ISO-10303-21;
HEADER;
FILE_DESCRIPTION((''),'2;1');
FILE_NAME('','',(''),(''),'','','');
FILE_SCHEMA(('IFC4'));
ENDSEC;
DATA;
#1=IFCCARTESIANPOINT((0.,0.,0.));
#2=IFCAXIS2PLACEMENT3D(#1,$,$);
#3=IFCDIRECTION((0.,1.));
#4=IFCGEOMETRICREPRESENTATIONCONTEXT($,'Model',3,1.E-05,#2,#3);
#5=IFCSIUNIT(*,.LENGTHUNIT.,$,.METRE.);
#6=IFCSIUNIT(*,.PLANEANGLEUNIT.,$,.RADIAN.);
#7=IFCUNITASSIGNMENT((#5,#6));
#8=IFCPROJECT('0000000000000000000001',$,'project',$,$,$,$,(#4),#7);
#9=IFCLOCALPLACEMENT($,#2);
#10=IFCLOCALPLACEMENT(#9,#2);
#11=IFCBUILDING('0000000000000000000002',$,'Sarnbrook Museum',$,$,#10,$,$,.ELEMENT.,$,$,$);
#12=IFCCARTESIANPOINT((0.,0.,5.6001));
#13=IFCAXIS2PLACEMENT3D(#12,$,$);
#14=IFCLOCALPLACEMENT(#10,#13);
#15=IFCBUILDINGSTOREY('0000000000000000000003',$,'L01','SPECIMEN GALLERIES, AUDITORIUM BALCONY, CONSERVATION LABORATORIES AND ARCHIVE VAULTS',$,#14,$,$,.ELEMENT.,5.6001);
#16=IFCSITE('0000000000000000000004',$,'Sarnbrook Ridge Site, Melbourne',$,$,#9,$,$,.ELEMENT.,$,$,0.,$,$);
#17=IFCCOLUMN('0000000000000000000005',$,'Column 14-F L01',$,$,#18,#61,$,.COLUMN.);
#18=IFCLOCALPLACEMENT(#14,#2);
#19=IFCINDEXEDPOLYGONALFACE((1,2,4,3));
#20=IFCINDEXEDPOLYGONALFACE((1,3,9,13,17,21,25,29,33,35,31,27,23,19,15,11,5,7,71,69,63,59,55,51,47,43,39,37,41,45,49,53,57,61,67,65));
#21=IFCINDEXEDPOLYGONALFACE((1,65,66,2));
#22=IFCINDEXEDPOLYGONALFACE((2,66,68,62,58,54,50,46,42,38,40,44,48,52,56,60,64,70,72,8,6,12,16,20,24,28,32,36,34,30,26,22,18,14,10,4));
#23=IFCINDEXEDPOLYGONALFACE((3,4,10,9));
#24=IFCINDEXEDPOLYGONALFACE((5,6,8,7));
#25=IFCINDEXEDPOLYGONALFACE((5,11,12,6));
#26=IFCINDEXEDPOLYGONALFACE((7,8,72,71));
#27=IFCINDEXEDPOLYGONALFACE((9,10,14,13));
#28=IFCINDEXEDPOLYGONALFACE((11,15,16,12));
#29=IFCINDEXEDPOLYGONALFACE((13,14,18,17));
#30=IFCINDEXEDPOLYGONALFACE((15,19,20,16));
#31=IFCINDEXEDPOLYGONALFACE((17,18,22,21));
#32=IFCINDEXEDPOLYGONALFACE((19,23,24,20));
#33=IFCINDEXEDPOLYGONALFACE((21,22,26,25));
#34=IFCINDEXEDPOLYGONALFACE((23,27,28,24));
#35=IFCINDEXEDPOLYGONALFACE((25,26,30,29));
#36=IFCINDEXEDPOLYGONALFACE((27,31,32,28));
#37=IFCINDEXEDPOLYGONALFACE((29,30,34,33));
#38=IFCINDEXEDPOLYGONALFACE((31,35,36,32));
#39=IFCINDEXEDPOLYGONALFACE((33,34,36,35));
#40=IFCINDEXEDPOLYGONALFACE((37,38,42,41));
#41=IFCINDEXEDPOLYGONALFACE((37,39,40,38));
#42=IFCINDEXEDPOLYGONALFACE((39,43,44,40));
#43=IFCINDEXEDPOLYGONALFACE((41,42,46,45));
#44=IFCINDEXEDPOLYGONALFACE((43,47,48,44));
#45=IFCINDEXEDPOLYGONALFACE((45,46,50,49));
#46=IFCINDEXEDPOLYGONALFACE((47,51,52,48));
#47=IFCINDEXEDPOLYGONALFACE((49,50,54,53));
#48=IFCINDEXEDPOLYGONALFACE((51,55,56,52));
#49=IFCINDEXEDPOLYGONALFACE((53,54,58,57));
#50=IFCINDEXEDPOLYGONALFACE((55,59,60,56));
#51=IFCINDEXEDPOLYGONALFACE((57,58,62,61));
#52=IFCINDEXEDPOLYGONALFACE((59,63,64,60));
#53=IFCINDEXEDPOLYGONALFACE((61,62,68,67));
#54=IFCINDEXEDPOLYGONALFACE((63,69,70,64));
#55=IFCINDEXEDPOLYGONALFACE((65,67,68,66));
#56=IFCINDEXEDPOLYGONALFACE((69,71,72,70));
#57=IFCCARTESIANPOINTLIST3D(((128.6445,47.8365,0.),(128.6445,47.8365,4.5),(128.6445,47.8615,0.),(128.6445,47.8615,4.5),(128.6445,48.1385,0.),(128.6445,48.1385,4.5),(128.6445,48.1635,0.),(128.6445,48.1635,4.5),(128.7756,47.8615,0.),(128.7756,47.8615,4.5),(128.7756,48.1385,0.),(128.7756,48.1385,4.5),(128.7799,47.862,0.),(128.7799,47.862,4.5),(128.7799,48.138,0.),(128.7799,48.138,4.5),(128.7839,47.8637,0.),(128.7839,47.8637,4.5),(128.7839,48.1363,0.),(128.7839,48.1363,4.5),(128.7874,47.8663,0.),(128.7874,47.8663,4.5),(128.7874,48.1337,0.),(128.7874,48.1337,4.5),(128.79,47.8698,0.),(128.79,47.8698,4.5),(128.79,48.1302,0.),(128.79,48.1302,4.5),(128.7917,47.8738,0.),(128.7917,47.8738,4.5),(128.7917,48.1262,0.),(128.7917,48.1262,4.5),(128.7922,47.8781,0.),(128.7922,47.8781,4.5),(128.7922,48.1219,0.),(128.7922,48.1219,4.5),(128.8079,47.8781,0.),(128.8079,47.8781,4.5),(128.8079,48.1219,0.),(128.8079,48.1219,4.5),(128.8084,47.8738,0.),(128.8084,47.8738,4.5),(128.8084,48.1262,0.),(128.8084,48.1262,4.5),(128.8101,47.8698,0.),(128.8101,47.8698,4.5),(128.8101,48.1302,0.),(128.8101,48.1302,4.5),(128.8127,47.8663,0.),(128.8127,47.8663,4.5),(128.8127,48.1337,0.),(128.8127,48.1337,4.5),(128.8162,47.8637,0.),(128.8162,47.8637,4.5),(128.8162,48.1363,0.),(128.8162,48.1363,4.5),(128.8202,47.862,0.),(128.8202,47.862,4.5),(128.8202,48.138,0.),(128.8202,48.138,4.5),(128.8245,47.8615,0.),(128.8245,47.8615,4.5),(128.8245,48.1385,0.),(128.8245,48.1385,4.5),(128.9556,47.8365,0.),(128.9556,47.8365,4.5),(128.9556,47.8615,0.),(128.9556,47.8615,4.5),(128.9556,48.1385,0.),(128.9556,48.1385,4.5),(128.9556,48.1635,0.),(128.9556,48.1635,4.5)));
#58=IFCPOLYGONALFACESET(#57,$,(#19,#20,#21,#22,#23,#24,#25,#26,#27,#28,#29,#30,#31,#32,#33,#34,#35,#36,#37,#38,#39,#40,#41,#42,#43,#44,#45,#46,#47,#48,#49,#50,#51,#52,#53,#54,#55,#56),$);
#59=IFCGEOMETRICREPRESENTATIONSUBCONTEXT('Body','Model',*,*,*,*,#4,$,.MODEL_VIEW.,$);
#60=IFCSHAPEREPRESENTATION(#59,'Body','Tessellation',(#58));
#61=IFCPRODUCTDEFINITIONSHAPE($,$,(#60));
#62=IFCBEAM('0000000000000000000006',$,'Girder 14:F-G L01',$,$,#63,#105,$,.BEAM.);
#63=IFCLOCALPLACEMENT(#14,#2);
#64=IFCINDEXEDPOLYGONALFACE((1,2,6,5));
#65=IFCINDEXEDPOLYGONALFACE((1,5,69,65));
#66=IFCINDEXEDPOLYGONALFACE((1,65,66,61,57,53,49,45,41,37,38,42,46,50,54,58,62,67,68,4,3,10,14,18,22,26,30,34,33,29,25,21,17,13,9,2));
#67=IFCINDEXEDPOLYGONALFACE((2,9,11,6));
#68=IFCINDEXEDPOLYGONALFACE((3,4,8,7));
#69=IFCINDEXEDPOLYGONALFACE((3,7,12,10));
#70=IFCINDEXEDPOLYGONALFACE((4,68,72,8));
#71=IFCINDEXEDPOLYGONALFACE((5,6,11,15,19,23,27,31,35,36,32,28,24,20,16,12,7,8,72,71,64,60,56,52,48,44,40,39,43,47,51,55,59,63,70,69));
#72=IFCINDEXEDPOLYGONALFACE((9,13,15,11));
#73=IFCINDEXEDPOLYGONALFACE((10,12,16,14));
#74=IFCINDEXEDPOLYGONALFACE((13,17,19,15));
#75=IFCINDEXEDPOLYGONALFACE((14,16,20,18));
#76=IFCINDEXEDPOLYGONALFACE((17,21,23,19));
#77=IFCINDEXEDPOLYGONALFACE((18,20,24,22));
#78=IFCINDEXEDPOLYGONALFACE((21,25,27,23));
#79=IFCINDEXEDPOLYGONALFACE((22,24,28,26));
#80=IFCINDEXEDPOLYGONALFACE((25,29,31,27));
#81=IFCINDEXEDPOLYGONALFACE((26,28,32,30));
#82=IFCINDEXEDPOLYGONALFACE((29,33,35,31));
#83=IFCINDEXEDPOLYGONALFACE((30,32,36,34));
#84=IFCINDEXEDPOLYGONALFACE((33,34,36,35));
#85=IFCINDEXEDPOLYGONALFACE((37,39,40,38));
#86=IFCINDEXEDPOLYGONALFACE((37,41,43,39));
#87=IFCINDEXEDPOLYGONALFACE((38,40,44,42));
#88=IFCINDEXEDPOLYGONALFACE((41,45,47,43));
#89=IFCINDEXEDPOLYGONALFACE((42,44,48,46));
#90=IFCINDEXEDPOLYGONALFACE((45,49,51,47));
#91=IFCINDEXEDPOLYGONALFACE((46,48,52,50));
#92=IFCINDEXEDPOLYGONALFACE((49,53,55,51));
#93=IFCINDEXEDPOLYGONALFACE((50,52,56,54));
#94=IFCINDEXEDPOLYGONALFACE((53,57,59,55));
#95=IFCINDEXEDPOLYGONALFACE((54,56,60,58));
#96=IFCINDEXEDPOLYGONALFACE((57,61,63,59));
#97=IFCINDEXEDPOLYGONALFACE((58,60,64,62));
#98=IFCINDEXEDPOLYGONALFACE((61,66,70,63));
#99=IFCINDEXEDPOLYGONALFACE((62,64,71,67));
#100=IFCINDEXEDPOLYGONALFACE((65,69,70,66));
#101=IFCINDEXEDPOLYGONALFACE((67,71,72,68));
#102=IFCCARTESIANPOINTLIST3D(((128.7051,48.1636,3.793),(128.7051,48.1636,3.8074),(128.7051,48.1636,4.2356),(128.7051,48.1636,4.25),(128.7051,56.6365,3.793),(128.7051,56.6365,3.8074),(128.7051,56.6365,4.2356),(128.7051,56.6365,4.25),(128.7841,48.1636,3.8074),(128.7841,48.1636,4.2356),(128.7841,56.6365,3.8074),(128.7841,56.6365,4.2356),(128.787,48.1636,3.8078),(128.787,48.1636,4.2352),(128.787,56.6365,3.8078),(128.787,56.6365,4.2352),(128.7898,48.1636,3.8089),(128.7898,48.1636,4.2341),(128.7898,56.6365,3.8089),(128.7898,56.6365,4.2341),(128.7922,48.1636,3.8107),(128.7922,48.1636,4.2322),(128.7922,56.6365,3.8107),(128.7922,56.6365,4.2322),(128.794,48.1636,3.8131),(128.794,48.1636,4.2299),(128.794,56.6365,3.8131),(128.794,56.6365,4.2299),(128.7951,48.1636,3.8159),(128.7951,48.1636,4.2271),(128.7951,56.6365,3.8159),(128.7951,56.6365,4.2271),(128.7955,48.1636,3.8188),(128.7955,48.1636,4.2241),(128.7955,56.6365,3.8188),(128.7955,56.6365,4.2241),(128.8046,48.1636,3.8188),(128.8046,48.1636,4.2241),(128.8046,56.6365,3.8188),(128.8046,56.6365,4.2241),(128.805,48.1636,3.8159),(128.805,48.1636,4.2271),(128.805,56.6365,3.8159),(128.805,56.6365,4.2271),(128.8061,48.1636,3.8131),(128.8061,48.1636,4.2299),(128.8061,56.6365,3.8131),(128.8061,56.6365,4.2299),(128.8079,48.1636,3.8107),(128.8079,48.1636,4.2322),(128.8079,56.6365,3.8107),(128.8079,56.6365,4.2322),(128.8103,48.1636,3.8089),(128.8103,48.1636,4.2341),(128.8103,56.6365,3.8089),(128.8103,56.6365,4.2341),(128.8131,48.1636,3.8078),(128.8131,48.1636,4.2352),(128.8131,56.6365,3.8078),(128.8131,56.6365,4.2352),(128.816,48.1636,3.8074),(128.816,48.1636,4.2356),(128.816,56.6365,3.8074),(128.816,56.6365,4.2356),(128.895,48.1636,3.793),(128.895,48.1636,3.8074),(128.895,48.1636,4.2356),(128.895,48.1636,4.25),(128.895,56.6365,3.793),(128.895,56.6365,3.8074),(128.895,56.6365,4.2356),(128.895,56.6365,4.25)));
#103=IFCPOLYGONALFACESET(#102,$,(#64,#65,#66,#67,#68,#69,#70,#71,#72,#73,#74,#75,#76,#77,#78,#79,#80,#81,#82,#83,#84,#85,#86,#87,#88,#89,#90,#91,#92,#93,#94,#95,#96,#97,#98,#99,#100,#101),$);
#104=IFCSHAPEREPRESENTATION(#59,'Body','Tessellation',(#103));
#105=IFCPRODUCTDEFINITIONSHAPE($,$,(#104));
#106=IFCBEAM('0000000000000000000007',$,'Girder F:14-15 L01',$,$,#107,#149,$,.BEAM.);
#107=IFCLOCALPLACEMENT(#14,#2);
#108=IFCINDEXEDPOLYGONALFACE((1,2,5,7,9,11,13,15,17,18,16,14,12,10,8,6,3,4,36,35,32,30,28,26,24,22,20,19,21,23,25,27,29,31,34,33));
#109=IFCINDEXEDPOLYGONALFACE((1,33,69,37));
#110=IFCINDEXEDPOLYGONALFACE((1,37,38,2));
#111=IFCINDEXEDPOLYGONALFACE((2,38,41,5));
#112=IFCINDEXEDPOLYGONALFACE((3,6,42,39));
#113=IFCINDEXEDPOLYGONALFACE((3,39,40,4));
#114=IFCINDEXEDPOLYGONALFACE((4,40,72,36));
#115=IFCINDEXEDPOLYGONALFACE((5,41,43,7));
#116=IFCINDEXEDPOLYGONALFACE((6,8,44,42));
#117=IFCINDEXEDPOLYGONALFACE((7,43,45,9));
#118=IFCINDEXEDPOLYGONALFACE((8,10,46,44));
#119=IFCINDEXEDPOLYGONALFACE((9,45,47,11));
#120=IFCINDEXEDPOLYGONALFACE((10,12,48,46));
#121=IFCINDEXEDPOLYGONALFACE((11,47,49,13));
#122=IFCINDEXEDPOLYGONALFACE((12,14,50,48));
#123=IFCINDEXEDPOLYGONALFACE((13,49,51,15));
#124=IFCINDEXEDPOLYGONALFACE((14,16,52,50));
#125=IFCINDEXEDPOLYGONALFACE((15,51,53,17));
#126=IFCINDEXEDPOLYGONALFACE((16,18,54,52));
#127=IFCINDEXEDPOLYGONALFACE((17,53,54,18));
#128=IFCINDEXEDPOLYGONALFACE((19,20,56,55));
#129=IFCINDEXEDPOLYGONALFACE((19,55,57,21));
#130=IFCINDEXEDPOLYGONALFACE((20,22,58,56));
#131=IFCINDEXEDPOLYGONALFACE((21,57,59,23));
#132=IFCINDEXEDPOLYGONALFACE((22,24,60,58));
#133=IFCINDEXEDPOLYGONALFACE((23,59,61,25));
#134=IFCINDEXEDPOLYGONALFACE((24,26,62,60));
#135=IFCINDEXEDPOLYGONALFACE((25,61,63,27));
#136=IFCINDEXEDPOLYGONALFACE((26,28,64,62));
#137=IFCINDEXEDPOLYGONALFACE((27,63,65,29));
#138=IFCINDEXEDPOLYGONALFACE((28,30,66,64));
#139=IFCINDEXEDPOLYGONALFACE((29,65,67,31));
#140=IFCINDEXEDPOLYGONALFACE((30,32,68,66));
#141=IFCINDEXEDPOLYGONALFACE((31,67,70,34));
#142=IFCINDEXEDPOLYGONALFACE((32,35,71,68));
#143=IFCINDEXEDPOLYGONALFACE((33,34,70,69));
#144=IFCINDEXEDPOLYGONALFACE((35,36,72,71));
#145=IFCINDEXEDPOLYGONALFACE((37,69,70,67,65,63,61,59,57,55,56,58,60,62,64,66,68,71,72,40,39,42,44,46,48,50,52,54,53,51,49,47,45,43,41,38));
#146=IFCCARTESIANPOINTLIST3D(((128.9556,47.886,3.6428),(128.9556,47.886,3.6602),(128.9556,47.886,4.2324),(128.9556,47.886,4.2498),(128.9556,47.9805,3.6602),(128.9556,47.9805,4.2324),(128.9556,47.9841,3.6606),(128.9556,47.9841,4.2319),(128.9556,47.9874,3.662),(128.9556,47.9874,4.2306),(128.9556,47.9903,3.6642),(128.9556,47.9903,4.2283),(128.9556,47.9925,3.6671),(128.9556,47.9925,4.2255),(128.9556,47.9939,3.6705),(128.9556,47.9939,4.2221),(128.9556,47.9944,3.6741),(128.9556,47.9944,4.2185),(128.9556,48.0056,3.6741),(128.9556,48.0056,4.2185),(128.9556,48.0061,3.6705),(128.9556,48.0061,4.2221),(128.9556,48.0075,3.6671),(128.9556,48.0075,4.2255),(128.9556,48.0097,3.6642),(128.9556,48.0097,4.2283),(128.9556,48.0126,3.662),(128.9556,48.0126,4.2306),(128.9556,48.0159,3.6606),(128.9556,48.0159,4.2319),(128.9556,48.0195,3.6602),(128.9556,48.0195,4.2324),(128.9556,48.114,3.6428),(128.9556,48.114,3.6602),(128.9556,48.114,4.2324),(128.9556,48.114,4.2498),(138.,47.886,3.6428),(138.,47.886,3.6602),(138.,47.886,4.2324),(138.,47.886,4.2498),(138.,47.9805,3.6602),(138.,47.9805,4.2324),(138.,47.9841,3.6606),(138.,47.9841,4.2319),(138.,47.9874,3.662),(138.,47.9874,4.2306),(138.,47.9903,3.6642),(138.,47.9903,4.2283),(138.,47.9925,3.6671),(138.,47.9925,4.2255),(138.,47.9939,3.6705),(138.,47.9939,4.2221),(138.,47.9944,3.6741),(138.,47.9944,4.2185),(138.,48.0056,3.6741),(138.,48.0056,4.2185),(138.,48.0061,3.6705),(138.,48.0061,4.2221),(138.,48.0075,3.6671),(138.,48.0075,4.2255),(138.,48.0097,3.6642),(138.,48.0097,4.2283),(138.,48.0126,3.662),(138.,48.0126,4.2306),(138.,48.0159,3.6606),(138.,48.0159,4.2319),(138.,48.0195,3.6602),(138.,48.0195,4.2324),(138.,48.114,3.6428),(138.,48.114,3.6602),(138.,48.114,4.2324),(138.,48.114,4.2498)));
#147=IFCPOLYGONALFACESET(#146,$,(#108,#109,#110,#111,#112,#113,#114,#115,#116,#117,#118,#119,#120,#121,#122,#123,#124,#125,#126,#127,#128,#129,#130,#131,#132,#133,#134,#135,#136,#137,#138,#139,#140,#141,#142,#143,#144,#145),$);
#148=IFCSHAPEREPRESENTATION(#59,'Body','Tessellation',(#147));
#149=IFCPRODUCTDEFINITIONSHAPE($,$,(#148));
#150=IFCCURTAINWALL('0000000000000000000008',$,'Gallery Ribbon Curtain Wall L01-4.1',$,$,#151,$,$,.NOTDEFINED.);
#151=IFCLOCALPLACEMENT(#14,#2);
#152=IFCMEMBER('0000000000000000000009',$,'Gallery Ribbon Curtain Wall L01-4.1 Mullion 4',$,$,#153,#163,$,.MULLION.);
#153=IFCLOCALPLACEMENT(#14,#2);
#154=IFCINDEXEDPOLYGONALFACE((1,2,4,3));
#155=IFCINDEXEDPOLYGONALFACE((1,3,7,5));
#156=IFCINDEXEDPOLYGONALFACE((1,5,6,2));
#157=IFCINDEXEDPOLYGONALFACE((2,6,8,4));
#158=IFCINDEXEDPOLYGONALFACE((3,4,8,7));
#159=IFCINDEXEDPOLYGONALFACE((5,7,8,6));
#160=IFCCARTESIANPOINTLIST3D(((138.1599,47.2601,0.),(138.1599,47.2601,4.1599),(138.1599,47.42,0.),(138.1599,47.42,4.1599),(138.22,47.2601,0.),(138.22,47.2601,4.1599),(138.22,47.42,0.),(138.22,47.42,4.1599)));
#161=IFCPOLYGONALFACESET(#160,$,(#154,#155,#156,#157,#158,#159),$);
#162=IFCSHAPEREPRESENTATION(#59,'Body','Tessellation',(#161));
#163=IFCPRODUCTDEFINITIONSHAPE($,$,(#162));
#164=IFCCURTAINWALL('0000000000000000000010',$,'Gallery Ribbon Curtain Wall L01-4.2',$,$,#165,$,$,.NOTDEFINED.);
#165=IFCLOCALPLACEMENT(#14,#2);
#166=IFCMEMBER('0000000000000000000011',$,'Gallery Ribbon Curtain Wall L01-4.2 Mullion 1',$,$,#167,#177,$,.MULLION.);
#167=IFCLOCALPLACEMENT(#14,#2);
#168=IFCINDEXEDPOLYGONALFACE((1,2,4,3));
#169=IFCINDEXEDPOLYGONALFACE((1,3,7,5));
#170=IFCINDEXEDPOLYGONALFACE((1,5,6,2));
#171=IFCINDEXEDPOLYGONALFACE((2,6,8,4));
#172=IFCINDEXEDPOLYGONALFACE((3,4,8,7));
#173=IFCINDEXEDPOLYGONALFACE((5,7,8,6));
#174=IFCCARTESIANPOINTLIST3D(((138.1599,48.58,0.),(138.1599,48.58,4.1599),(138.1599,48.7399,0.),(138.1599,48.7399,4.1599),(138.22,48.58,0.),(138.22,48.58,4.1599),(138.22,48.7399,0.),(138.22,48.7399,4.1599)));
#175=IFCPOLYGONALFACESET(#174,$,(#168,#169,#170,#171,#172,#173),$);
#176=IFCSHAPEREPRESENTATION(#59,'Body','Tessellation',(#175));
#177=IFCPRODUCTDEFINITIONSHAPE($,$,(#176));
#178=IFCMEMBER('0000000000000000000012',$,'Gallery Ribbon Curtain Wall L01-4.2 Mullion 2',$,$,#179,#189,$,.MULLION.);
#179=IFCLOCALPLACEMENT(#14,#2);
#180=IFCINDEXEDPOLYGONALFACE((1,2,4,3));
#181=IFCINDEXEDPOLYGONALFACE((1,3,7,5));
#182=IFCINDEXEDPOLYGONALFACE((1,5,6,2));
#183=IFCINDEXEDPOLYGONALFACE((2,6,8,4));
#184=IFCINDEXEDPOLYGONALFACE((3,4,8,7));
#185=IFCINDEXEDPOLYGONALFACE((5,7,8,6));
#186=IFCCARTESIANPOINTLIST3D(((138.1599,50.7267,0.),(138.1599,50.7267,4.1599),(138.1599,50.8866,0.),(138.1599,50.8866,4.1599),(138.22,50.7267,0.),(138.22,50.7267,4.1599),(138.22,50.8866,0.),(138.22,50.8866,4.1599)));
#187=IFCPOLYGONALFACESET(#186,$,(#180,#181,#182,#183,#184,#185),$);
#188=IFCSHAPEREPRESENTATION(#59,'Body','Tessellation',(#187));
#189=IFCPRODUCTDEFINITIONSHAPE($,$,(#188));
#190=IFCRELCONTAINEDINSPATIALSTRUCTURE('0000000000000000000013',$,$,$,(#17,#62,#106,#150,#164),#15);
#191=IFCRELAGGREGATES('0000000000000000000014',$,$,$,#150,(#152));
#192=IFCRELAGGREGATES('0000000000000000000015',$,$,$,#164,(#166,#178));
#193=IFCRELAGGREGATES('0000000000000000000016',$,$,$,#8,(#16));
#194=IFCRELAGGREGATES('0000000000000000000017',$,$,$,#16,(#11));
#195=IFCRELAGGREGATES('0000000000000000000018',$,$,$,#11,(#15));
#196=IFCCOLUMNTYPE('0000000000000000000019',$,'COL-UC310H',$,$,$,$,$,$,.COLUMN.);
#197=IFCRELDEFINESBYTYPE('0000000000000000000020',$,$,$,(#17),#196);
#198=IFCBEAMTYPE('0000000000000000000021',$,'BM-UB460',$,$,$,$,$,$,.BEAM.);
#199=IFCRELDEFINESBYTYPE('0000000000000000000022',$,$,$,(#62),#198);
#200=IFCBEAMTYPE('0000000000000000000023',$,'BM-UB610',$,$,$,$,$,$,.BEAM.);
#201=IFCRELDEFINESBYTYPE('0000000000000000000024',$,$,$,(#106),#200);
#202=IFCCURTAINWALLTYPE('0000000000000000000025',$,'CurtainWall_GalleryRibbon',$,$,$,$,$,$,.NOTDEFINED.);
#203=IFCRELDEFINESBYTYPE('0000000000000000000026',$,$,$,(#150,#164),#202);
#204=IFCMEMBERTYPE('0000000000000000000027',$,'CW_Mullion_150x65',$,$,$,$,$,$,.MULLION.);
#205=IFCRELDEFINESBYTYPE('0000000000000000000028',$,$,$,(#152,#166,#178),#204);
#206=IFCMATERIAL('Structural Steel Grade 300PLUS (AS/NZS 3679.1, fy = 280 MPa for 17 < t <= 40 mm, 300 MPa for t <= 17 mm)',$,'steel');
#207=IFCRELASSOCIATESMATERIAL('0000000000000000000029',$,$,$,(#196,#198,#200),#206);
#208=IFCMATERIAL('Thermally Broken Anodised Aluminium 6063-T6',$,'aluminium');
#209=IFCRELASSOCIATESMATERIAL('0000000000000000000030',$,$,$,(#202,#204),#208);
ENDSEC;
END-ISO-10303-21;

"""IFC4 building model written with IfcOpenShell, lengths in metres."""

from ifc_helpers import new_model, si_unit, direction, frame, origin, origin_2d, place, context, subcontext, project, spatial, rectangle, i_section, extrude, material, material_profile, profile_set, type_object, element, aggregate, save


model = new_model("IFC4")

# Units and contexts
model_context = context("Model", 3, precision=1e-05, world=origin(), true_north=direction((0.0, 1.0)))
body_context = subcontext(model_context, "Body", "Model", "MODEL_VIEW")
ifc_project = project(units=[si_unit("LENGTHUNIT", "METRE"), si_unit("PLANEANGLEUNIT", "RADIAN")], contexts=[model_context])

# Site, building, storey
site_placement = place(None, origin())
site = spatial("IfcSite", under=ifc_project, at=site_placement, Name="Sarnbrook Ridge Site, Melbourne", CompositionType="ELEMENT", RefElevation=0.0)
building_placement = place(site_placement, origin())
building = spatial("IfcBuilding", under=site, at=building_placement, Name="Sarnbrook Museum", CompositionType="ELEMENT")
storey_placement = place(building_placement, frame((0.0, 0.0, 5.6001)))
storey = spatial("IfcBuildingStorey", under=building, at=storey_placement, Name="L01", Description="SPECIMEN GALLERIES, AUDITORIUM BALCONY, CONSERVATION LABORATORIES AND ARCHIVE VAULTS", CompositionType="ELEMENT", Elevation=5.6001)

# Column
ifc_material_1 = material(Name="Structural Steel Grade 300PLUS (AS/NZS 3679.1, fy = 280 MPa for 17 < t <= 40 mm, 300 MPa for t <= 17 mm)", Category="steel")
ifc_material_profile_1 = material_profile(ifc_material_1, i_section(OverallWidth=0.311, OverallDepth=0.3269, WebThickness=0.0156, FlangeThickness=0.0249, FilletRadius=0.0166, at=origin_2d()), Name="310UC158")
ifc_profile_set_1 = profile_set([ifc_material_profile_1], Name="Structural Steel Grade 300PLUS (AS/NZS 3679.1, fy = 280 MPa for 17 < t <= 40 mm, 300 MPa for t <= 17 mm)")
column_type = type_object("IfcColumnType", Name="COL-UC310H", PredefinedType="COLUMN", material=ifc_profile_set_1)
column_placement = place(storey_placement, frame((128.8, 48.0, 0.0), z_axis=(0.0, 0.0, 1.0), x_axis=(1.0, 0.0, 0.0)))
element("IfcColumn", 1, at=column_placement, inside=storey, type_object=column_type, Name="Column 14-F L01", PredefinedType="COLUMN", context=body_context, shape_type="SweptSolid", body=[
    extrude(i_section(OverallWidth=0.311, OverallDepth=0.3269, WebThickness=0.0156, FlangeThickness=0.0249, FilletRadius=0.0166, at=origin_2d()), origin(), (0.0, 0.0, 1.0), 4.5),
])

# Beams
ifc_material_profile_2 = material_profile(ifc_material_1, i_section(OverallWidth=0.1899, OverallDepth=0.457, WebThickness=0.009, FlangeThickness=0.0144, FilletRadius=0.0115, at=origin_2d()), Name="460UB74.6")
ifc_profile_set_2 = profile_set([ifc_material_profile_2], Name="Structural Steel Grade 300PLUS (AS/NZS 3679.1, fy = 280 MPa for 17 < t <= 40 mm, 300 MPa for t <= 17 mm)")
beam_type_1 = type_object("IfcBeamType", Name="BM-UB460", PredefinedType="BEAM", material=ifc_profile_set_2)
beam_1_placement = place(storey_placement, frame((128.8, 48.1636, 4.0215), z_axis=(0.0, 1.0, 0.0), x_axis=(-1.0, 0.0, 0.0)))
element("IfcBeam", 2, at=beam_1_placement, inside=storey, type_object=beam_type_1, Name="Girder 14:F-G L01", PredefinedType="BEAM", context=body_context, shape_type="SweptSolid", body=[
    extrude(i_section(OverallWidth=0.1899, OverallDepth=0.457, WebThickness=0.009, FlangeThickness=0.0144, FilletRadius=0.0115, at=origin_2d()), origin(), (0.0, 0.0, 1.0), 8.4729),
])
ifc_material_profile_3 = material_profile(ifc_material_1, i_section(OverallWidth=0.228, OverallDepth=0.6069, WebThickness=0.0112, FlangeThickness=0.0173, FilletRadius=0.0139, at=origin_2d()), Name="610UB113")
ifc_profile_set_3 = profile_set([ifc_material_profile_3], Name="Structural Steel Grade 300PLUS (AS/NZS 3679.1, fy = 280 MPa for 17 < t <= 40 mm, 300 MPa for t <= 17 mm)")
beam_type_2 = type_object("IfcBeamType", Name="BM-UB610", PredefinedType="BEAM", material=ifc_profile_set_3)
beam_2_placement = place(storey_placement, frame((128.9556, 48.0, 3.9463), z_axis=(1.0, 0.0, 0.0), x_axis=(0.0, 1.0, 0.0)))
element("IfcBeam", 3, at=beam_2_placement, inside=storey, type_object=beam_type_2, Name="Girder F:14-15 L01", PredefinedType="BEAM", context=body_context, shape_type="SweptSolid", body=[
    extrude(i_section(OverallWidth=0.228, OverallDepth=0.6069, WebThickness=0.0112, FlangeThickness=0.0173, FilletRadius=0.0139, at=origin_2d()), origin(), (0.0, 0.0, 1.0), 9.0444),
])

# Curtain wall, member
ifc_material_2 = material(Name="Thermally Broken Anodised Aluminium 6063-T6", Category="aluminium")
curtain_wall_type = type_object("IfcCurtainWallType", Name="CurtainWall_GalleryRibbon", PredefinedType="NOTDEFINED", material=ifc_material_2)
curtain_wall_1_placement = place(storey_placement, origin())
curtain_wall_1 = element("IfcCurtainWall", 4, at=curtain_wall_1_placement, inside=storey, type_object=curtain_wall_type, Name="Gallery Ribbon Curtain Wall L01-4.1", PredefinedType="NOTDEFINED")
ifc_material_profile_4 = material_profile(ifc_material_2, rectangle(XDim=0.0601, YDim=0.1599, at=origin_2d()), Name="ALU MULLION 60x160")
ifc_profile_set_4 = profile_set([ifc_material_profile_4], Name="Thermally Broken Anodised Aluminium 6063-T6")
member_type_1 = type_object("IfcMemberType", Name="CW_Mullion_150x65", PredefinedType="MULLION", material=ifc_profile_set_4)
member_1_placement = place(storey_placement, frame((138.1899, 47.3401, 0.0), z_axis=(0.0, 0.0, 1.0), x_axis=(1.0, 0.0, 0.0)))
member_1 = element("IfcMember", 5, at=member_1_placement, type_object=member_type_1, Name="Gallery Ribbon Curtain Wall L01-4.1 Mullion 4", PredefinedType="MULLION", context=body_context, shape_type="SweptSolid", body=[
    extrude(rectangle(XDim=0.0601, YDim=0.1599, at=origin_2d()), origin(), (0.0, 0.0, 1.0), 4.1599),
])

# Curtain wall, members
curtain_wall_2_placement = place(storey_placement, origin())
curtain_wall_2 = element("IfcCurtainWall", 6, at=curtain_wall_2_placement, inside=storey, type_object=curtain_wall_type, Name="Gallery Ribbon Curtain Wall L01-4.2", PredefinedType="NOTDEFINED")
member_2_placement = place(storey_placement, frame((138.1899, 48.6599, 0.0), z_axis=(0.0, 0.0, 1.0), x_axis=(1.0, 0.0, 0.0)))
member_2 = element("IfcMember", 7, at=member_2_placement, type_object=member_type_1, Name="Gallery Ribbon Curtain Wall L01-4.2 Mullion 1", PredefinedType="MULLION", context=body_context, shape_type="SweptSolid", body=[
    extrude(rectangle(XDim=0.0601, YDim=0.1599, at=origin_2d()), origin(), (0.0, 0.0, 1.0), 4.1599),
])
member_3_placement = place(storey_placement, frame((138.1899, 50.8066, 0.0), z_axis=(0.0, 0.0, 1.0), x_axis=(1.0, 0.0, 0.0)))
member_3 = element("IfcMember", 8, at=member_3_placement, type_object=member_type_1, Name="Gallery Ribbon Curtain Wall L01-4.2 Mullion 2", PredefinedType="MULLION", context=body_context, shape_type="SweptSolid", body=[
    extrude(rectangle(XDim=0.0601, YDim=0.1599, at=origin_2d()), origin(), (0.0, 0.0, 1.0), 4.1599),
])

aggregate(curtain_wall_1, [member_1])
aggregate(curtain_wall_2, [member_2, member_3])

save(model, "model.ifc")
